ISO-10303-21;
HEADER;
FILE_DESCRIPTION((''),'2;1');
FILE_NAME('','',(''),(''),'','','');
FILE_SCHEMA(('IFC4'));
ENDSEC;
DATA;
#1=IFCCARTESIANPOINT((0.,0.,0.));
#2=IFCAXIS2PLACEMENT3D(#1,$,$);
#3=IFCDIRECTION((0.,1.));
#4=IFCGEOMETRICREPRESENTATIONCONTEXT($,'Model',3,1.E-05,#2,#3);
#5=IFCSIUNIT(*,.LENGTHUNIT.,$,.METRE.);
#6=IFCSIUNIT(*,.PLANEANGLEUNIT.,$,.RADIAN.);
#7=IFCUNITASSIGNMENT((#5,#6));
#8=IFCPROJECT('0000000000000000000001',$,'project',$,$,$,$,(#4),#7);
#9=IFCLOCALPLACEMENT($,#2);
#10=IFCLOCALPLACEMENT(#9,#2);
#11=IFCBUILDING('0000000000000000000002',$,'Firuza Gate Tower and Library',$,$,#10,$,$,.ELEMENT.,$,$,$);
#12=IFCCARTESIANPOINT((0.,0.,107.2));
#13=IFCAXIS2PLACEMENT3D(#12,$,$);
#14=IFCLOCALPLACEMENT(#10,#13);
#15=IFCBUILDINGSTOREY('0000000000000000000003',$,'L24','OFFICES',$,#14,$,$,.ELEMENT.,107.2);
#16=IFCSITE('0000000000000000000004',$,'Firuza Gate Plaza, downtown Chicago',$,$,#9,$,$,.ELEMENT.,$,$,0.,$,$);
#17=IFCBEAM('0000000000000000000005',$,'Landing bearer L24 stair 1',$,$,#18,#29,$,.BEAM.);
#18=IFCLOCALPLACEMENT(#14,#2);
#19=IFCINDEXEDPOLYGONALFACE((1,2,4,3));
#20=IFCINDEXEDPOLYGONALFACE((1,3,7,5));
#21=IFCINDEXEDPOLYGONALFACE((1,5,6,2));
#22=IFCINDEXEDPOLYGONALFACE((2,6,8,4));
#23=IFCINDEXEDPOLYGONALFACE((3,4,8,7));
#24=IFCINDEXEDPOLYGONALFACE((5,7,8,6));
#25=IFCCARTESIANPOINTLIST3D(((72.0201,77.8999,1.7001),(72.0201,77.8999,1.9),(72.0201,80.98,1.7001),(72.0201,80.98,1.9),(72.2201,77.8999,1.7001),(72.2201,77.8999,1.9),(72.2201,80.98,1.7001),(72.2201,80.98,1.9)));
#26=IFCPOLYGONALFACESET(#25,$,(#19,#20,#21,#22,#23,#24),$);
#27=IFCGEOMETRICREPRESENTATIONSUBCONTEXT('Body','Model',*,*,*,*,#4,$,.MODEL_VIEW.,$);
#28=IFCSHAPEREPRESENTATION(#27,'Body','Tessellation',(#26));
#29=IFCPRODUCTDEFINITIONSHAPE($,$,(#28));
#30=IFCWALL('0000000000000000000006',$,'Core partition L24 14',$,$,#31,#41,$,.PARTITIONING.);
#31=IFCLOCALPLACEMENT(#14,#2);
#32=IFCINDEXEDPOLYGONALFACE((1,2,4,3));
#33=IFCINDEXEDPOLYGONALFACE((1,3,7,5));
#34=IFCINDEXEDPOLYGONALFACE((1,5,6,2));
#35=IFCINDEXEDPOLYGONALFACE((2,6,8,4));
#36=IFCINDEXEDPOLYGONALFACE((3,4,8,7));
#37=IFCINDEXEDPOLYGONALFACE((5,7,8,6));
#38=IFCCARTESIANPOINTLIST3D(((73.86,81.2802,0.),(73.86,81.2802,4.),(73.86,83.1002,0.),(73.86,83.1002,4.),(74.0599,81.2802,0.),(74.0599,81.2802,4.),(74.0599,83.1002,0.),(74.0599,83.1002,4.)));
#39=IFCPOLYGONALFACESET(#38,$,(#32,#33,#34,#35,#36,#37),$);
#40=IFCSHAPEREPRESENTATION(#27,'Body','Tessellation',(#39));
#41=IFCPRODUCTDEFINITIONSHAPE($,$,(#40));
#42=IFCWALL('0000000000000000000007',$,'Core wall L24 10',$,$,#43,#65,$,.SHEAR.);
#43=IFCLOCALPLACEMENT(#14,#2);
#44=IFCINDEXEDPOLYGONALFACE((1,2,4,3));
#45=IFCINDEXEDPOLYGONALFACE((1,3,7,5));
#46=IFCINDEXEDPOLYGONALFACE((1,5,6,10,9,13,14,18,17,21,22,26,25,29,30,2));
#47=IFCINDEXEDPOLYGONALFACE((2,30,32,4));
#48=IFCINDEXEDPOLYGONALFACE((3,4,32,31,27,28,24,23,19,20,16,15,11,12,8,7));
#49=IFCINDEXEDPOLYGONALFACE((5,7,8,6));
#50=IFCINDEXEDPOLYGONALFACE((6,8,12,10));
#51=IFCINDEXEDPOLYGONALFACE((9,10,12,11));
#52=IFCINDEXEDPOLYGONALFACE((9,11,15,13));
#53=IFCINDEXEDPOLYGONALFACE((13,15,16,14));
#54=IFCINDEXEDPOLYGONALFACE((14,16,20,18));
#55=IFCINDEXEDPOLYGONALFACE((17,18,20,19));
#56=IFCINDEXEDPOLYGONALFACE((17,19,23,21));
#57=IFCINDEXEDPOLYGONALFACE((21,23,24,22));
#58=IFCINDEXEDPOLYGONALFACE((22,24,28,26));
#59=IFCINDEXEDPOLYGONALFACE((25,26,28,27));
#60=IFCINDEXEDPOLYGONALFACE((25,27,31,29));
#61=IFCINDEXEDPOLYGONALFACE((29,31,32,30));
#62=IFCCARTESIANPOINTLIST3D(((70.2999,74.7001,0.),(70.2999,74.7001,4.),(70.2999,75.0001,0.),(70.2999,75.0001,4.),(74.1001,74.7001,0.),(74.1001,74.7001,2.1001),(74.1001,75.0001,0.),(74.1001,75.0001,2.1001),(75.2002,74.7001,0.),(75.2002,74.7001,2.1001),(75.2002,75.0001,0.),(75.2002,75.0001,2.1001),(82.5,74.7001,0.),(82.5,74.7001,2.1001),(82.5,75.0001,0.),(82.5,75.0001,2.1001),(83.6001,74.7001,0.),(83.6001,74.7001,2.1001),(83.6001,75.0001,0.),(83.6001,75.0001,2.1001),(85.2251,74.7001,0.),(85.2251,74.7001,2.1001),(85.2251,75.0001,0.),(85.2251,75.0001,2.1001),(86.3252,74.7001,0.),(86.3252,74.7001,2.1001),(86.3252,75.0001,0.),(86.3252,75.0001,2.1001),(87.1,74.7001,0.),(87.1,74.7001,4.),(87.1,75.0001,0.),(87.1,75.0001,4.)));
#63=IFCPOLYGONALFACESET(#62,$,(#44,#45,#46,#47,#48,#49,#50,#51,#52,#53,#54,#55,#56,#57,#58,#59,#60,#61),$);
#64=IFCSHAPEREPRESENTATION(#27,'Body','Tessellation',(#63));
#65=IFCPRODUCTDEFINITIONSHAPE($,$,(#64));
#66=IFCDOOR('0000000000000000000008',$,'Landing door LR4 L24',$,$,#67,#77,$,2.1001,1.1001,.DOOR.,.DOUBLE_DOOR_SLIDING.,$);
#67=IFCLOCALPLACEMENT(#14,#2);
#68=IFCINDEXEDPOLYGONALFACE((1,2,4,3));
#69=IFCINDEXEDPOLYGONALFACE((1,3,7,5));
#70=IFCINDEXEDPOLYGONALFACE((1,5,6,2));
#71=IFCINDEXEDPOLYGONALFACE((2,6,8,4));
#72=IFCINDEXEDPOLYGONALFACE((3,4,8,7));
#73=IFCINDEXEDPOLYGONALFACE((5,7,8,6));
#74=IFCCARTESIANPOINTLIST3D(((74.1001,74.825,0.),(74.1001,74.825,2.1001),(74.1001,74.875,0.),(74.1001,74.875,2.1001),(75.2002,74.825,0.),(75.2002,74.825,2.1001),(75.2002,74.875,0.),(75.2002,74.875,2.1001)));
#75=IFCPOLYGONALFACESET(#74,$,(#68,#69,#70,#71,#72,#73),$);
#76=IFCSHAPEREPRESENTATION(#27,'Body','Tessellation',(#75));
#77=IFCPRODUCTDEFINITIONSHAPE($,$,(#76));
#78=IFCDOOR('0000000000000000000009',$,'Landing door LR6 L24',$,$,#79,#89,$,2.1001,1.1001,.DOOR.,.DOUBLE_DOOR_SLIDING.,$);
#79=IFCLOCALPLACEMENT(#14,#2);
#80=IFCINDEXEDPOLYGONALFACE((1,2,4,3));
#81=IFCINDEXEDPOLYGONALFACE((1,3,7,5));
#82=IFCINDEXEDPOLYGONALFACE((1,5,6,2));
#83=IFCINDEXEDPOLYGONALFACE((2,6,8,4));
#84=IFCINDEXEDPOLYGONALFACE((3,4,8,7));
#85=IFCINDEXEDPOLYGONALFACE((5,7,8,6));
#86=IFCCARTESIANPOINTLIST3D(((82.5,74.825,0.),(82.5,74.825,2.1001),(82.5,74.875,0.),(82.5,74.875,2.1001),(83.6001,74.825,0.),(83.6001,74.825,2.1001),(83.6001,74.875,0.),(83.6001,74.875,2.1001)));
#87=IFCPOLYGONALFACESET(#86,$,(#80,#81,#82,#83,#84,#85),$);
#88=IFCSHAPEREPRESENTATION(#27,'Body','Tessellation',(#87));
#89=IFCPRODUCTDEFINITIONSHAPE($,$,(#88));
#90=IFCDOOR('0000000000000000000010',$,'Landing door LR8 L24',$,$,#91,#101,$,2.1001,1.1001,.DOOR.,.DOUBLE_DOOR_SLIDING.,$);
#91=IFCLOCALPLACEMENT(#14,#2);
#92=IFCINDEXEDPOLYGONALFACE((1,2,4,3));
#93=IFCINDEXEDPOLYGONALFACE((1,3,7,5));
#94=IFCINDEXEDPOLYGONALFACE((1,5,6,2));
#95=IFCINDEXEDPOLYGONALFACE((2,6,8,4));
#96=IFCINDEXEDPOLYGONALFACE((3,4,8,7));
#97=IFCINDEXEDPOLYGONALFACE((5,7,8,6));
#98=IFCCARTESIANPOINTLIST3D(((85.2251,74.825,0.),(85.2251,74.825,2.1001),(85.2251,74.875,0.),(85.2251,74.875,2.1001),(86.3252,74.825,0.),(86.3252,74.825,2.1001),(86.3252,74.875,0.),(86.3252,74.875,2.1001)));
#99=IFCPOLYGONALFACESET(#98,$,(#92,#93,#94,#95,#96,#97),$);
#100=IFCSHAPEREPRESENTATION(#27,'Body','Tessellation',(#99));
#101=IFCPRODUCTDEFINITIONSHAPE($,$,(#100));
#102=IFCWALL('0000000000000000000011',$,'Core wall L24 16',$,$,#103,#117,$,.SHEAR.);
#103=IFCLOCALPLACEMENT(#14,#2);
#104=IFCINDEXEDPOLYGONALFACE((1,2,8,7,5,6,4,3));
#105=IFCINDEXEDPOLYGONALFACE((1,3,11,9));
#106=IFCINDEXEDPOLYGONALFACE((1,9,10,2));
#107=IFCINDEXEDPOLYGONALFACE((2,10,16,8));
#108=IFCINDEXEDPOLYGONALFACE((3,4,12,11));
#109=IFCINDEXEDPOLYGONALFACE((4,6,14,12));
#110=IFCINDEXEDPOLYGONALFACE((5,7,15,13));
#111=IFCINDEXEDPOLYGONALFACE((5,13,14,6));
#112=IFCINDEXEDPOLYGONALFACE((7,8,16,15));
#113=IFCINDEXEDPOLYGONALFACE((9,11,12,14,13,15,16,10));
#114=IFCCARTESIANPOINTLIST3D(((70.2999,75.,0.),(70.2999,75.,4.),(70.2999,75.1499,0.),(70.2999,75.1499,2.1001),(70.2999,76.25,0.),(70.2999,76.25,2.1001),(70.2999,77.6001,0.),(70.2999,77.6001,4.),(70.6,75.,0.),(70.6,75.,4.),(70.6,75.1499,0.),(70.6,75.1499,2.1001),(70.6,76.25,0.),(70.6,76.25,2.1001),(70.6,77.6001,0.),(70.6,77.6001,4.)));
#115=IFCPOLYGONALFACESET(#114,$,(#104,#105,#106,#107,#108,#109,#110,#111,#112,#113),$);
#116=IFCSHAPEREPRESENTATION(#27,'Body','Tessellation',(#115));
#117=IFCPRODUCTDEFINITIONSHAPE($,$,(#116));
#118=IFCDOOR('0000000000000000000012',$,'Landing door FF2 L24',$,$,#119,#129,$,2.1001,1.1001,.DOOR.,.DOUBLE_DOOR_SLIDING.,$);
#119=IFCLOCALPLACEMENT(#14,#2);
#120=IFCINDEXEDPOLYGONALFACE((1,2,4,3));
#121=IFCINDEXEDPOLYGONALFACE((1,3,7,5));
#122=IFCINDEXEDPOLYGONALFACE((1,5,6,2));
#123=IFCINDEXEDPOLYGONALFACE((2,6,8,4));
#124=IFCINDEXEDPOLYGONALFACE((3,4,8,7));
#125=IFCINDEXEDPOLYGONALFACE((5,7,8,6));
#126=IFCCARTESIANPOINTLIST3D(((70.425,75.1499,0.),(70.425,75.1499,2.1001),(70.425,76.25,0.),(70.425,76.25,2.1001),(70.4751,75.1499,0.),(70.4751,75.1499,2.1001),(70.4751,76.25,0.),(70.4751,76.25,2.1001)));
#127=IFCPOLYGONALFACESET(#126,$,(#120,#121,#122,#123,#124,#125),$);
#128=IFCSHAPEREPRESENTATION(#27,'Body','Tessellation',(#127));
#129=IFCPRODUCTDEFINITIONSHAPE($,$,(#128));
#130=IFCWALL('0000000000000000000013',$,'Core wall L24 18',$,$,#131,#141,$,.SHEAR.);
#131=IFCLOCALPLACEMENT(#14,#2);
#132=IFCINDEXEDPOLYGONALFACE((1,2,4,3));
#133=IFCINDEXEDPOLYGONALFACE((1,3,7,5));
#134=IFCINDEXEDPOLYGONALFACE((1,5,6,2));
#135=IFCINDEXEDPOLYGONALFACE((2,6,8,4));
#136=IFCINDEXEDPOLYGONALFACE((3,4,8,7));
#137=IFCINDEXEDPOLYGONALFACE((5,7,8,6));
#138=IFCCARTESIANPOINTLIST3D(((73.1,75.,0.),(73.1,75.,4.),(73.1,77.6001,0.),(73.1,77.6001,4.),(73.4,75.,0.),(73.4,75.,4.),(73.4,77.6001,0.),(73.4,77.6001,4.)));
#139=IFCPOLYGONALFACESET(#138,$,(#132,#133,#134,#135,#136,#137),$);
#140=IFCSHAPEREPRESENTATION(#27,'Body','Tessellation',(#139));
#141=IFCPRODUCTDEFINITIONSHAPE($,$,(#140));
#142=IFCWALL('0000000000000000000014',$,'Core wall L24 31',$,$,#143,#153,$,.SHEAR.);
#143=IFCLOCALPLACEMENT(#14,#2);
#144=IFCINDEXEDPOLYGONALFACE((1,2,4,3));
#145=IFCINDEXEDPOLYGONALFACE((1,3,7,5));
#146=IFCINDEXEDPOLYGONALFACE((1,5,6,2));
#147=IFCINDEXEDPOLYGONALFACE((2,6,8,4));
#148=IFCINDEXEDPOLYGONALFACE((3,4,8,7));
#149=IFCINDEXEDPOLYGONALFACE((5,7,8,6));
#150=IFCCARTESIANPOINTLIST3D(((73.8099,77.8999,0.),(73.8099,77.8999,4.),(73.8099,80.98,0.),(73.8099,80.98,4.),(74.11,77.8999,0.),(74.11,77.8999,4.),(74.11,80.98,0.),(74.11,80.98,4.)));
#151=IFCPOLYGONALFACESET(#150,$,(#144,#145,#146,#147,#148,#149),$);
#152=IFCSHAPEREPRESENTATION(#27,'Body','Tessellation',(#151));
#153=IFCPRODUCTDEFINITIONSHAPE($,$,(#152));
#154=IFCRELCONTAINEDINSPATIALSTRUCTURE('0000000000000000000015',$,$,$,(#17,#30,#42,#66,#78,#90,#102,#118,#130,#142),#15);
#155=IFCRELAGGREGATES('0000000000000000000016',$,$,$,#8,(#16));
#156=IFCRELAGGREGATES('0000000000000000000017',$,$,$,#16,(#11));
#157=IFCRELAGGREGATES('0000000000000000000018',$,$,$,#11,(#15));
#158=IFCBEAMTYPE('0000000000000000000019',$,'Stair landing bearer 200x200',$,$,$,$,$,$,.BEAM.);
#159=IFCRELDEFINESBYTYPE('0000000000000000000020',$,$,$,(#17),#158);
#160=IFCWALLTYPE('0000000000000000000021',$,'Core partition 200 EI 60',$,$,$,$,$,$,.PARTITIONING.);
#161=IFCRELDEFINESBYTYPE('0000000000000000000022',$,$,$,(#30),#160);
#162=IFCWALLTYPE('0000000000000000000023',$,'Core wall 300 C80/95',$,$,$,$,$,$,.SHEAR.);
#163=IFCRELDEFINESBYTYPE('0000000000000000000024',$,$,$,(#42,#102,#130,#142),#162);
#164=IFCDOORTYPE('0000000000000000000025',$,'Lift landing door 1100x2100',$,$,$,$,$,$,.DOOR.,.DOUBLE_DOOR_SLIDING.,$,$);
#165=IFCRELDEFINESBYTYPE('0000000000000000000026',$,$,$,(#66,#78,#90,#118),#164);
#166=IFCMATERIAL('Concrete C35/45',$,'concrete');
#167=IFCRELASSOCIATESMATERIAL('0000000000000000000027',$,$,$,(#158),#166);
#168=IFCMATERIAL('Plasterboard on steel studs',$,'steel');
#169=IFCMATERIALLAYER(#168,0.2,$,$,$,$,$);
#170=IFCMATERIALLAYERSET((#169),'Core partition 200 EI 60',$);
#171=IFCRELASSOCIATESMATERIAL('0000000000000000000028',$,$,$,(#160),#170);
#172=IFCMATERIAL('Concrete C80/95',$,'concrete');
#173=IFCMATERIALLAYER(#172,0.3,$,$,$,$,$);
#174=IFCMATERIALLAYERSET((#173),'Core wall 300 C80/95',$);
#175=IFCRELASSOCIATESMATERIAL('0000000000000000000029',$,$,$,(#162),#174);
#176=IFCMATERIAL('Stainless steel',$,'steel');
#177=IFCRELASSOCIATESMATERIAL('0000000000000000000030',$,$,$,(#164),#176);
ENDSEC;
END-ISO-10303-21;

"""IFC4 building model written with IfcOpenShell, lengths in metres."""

from ifc_helpers import new_model, si_unit, direction, frame, frame_2d, origin, origin_2d, place, context, subcontext, project, spatial, rectangle, extrude, material, layer, layer_set, material_profile, profile_set, type_object, element, fill, save


model = new_model("IFC4")

# Units and contexts
model_context = context("Model", 3, precision=1e-05, world=origin(), true_north=direction((0.0, 1.0)))
body_context = subcontext(model_context, "Body", "Model", "MODEL_VIEW")
ifc_project = project(units=[si_unit("LENGTHUNIT", "METRE"), si_unit("PLANEANGLEUNIT", "RADIAN")], contexts=[model_context])

# Site, building, storey
site_placement = place(None, origin())
site = spatial("IfcSite", under=ifc_project, at=site_placement, Name="Firuza Gate Plaza, downtown Chicago", CompositionType="ELEMENT", RefElevation=0.0)
building_placement = place(site_placement, origin())
building = spatial("IfcBuilding", under=site, at=building_placement, Name="Firuza Gate Tower and Library", CompositionType="ELEMENT")
storey_placement = place(building_placement, frame((0.0, 0.0, 107.2)))
storey = spatial("IfcBuildingStorey", under=building, at=storey_placement, Name="L24", Description="OFFICES", CompositionType="ELEMENT", Elevation=107.2)

# Beam
ifc_material_1 = material(Name="Concrete C35/45", Category="concrete")
ifc_material_profile = material_profile(ifc_material_1, rectangle(XDim=0.2, YDim=0.2, at=origin_2d()))
ifc_profile_set = profile_set([ifc_material_profile], Name="Concrete C35/45")
beam_type = type_object("IfcBeamType", Name="Stair landing bearer 200x200", PredefinedType="BEAM", material=ifc_profile_set)
beam_placement = place(storey_placement, frame((72.1201, 77.8999, 1.8), z_axis=(0.0, 1.0, 0.0), x_axis=(-1.0, 0.0, 0.0)))
element("IfcBeam", 1, at=beam_placement, inside=storey, type_object=beam_type, Name="Landing bearer L24 stair 1", PredefinedType="BEAM", context=body_context, shape_type="SweptSolid", body=[
    extrude(rectangle(XDim=0.2, YDim=0.2, at=origin_2d()), origin(), (0.0, 0.0, 1.0), 3.0801),
])

# Wall
ifc_material_2 = material(Name="Plasterboard on steel studs", Category="steel")
ifc_layer_1 = layer(ifc_material_2, 0.2)
ifc_layer_set_1 = layer_set([ifc_layer_1], Name="Core partition 200 EI 60")
wall_type_1 = type_object("IfcWallType", Name="Core partition 200 EI 60", PredefinedType="PARTITIONING", material=ifc_layer_set_1)
wall_1_placement = place(storey_placement, frame((73.96, 81.28, 0.0), z_axis=(0.0, 0.0, 1.0), x_axis=(0.0, 1.0, 0.0)))
element("IfcWall", 2, at=wall_1_placement, inside=storey, type_object=wall_type_1, Name="Core partition L24 14", PredefinedType="PARTITIONING", context=body_context, shape_type="SweptSolid", body=[
    extrude(rectangle(XDim=1.8201, YDim=0.2, at=frame_2d((0.9102, 0.0))), origin(), (0.0, 0.0, 1.0), 4.0),
])

# Wall, openings, doors
ifc_material_3 = material(Name="Concrete C80/95", Category="concrete")
ifc_layer_2 = layer(ifc_material_3, 0.3)
ifc_layer_set_2 = layer_set([ifc_layer_2], Name="Core wall 300 C80/95")
wall_type_2 = type_object("IfcWallType", Name="Core wall 300 C80/95", PredefinedType="SHEAR", material=ifc_layer_set_2)
wall_2_placement = place(storey_placement, frame((70.3, 74.8501, 0.0), z_axis=(0.0, 0.0, 1.0), x_axis=(1.0, 0.0, 0.0)))
wall_2 = element("IfcWall", 3, at=wall_2_placement, inside=storey, type_object=wall_type_2, Name="Core wall L24 10", PredefinedType="SHEAR", context=body_context, shape_type="SweptSolid", body=[
    extrude(rectangle(XDim=16.8, YDim=0.3, at=frame_2d((8.3999, 0.0))), origin(), (0.0, 0.0, 1.0), 4.0),
])
opening_1_placement = place(wall_2_placement, frame((3.8, 0.0, 0.0)))
opening_1 = element("IfcOpeningElement", 4, at=opening_1_placement, cuts=wall_2, PredefinedType="OPENING", context=body_context, shape_type="SweptSolid", body=[
    extrude(rectangle(XDim=1.1001, YDim=2.1001, at=frame_2d((0.55, 1.05))), frame((0.0, 0.1602, 0.0), z_axis=(0.0, -1.0, 0.0), x_axis=(1.0, 0.0, 0.0)), (0.0, 0.0, 1.0), 0.3201),
])
opening_2_placement = place(wall_2_placement, frame((12.2, 0.0, 0.0)))
opening_2 = element("IfcOpeningElement", 5, at=opening_2_placement, cuts=wall_2, PredefinedType="OPENING", context=body_context, shape_type="SweptSolid", body=[
    extrude(rectangle(XDim=1.1001, YDim=2.1001, at=frame_2d((0.55, 1.05))), frame((0.0, 0.1602, 0.0), z_axis=(0.0, -1.0, 0.0), x_axis=(1.0, 0.0, 0.0)), (0.0, 0.0, 1.0), 0.3201),
])
opening_3_placement = place(wall_2_placement, frame((14.925, 0.0, 0.0)))
opening_3 = element("IfcOpeningElement", 6, at=opening_3_placement, cuts=wall_2, PredefinedType="OPENING", context=body_context, shape_type="SweptSolid", body=[
    extrude(rectangle(XDim=1.1001, YDim=2.1001, at=frame_2d((0.55, 1.05))), frame((0.0, 0.1602, 0.0), z_axis=(0.0, -1.0, 0.0), x_axis=(1.0, 0.0, 0.0)), (0.0, 0.0, 1.0), 0.3201),
])
ifc_material_4 = material(Name="Stainless steel", Category="steel")
door_type_1 = type_object("IfcDoorType", Name="Lift landing door 1100x2100", OperationType="DOUBLE_DOOR_SLIDING", PredefinedType="DOOR", material=ifc_material_4)
door_1_placement = place(opening_1_placement, origin())
door_1 = element("IfcDoor", 7, at=door_1_placement, inside=storey, type_object=door_type_1, Name="Landing door LR4 L24", OperationType="DOUBLE_DOOR_SLIDING", OverallHeight=2.1001, OverallWidth=1.1001, PredefinedType="DOOR", context=body_context, shape_type="SweptSolid", body=[
    extrude(rectangle(XDim=1.1001, YDim=2.1001, at=frame_2d((0.55, 1.05))), frame((0.0, 0.0249, 0.0), z_axis=(0.0, -1.0, 0.0), x_axis=(1.0, 0.0, 0.0)), (0.0, 0.0, 1.0), 0.05),
])
fill(opening_1, door_1)
door_2_placement = place(opening_2_placement, origin())
door_2 = element("IfcDoor", 8, at=door_2_placement, inside=storey, type_object=door_type_1, Name="Landing door LR6 L24", OperationType="DOUBLE_DOOR_SLIDING", OverallHeight=2.1001, OverallWidth=1.1001, PredefinedType="DOOR", context=body_context, shape_type="SweptSolid", body=[
    extrude(rectangle(XDim=1.1001, YDim=2.1001, at=frame_2d((0.55, 1.05))), frame((0.0, 0.0249, 0.0), z_axis=(0.0, -1.0, 0.0), x_axis=(1.0, 0.0, 0.0)), (0.0, 0.0, 1.0), 0.05),
])
fill(opening_2, door_2)
door_3_placement = place(opening_3_placement, origin())
door_3 = element("IfcDoor", 9, at=door_3_placement, inside=storey, type_object=door_type_1, Name="Landing door LR8 L24", OperationType="DOUBLE_DOOR_SLIDING", OverallHeight=2.1001, OverallWidth=1.1001, PredefinedType="DOOR", context=body_context, shape_type="SweptSolid", body=[
    extrude(rectangle(XDim=1.1001, YDim=2.1001, at=frame_2d((0.55, 1.05))), frame((0.0, 0.0249, 0.0), z_axis=(0.0, -1.0, 0.0), x_axis=(1.0, 0.0, 0.0)), (0.0, 0.0, 1.0), 0.05),
])
fill(opening_3, door_3)

# Wall, opening, door
wall_3_placement = place(storey_placement, frame((70.45, 75.0, 0.0), z_axis=(0.0, 0.0, 1.0), x_axis=(0.0, 1.0, 0.0)))
wall_3 = element("IfcWall", 10, at=wall_3_placement, inside=storey, type_object=wall_type_2, Name="Core wall L24 16", PredefinedType="SHEAR", context=body_context, shape_type="SweptSolid", body=[
    extrude(rectangle(XDim=2.6001, YDim=0.3, at=frame_2d((1.3, 0.0))), origin(), (0.0, 0.0, 1.0), 4.0),
])
opening_4_placement = place(wall_3_placement, frame((0.1499, 0.0, 0.0)))
opening_4 = element("IfcOpeningElement", 11, at=opening_4_placement, cuts=wall_3, PredefinedType="OPENING", context=body_context, shape_type="SweptSolid", body=[
    extrude(rectangle(XDim=1.1001, YDim=2.1001, at=frame_2d((0.55, 1.05))), frame((0.0, 0.1602, 0.0), z_axis=(0.0, -1.0, 0.0), x_axis=(1.0, 0.0, 0.0)), (0.0, 0.0, 1.0), 0.3201),
])
door_4_placement = place(opening_4_placement, origin())
door_4 = element("IfcDoor", 12, at=door_4_placement, inside=storey, type_object=door_type_1, Name="Landing door FF2 L24", OperationType="DOUBLE_DOOR_SLIDING", OverallHeight=2.1001, OverallWidth=1.1001, PredefinedType="DOOR", context=body_context, shape_type="SweptSolid", body=[
    extrude(rectangle(XDim=1.1001, YDim=2.1001, at=frame_2d((0.55, 1.05))), frame((0.0, 0.0249, 0.0), z_axis=(0.0, -1.0, 0.0), x_axis=(1.0, 0.0, 0.0)), (0.0, 0.0, 1.0), 0.05),
])
fill(opening_4, door_4)

# Walls
wall_4_placement = place(storey_placement, frame((73.25, 75.0, 0.0), z_axis=(0.0, 0.0, 1.0), x_axis=(0.0, 1.0, 0.0)))
element("IfcWall", 13, at=wall_4_placement, inside=storey, type_object=wall_type_2, Name="Core wall L24 18", PredefinedType="SHEAR", context=body_context, shape_type="SweptSolid", body=[
    extrude(rectangle(XDim=2.6001, YDim=0.3, at=frame_2d((1.3, 0.0))), origin(), (0.0, 0.0, 1.0), 4.0),
])
wall_5_placement = place(storey_placement, frame((73.96, 77.8999, 0.0), z_axis=(0.0, 0.0, 1.0), x_axis=(0.0, 1.0, 0.0)))
element("IfcWall", 14, at=wall_5_placement, inside=storey, type_object=wall_type_2, Name="Core wall L24 31", PredefinedType="SHEAR", context=body_context, shape_type="SweptSolid", body=[
    extrude(rectangle(XDim=3.0801, YDim=0.3, at=frame_2d((1.54, 0.0))), origin(), (0.0, 0.0, 1.0), 4.0),
])

save(model, "model.ifc")
